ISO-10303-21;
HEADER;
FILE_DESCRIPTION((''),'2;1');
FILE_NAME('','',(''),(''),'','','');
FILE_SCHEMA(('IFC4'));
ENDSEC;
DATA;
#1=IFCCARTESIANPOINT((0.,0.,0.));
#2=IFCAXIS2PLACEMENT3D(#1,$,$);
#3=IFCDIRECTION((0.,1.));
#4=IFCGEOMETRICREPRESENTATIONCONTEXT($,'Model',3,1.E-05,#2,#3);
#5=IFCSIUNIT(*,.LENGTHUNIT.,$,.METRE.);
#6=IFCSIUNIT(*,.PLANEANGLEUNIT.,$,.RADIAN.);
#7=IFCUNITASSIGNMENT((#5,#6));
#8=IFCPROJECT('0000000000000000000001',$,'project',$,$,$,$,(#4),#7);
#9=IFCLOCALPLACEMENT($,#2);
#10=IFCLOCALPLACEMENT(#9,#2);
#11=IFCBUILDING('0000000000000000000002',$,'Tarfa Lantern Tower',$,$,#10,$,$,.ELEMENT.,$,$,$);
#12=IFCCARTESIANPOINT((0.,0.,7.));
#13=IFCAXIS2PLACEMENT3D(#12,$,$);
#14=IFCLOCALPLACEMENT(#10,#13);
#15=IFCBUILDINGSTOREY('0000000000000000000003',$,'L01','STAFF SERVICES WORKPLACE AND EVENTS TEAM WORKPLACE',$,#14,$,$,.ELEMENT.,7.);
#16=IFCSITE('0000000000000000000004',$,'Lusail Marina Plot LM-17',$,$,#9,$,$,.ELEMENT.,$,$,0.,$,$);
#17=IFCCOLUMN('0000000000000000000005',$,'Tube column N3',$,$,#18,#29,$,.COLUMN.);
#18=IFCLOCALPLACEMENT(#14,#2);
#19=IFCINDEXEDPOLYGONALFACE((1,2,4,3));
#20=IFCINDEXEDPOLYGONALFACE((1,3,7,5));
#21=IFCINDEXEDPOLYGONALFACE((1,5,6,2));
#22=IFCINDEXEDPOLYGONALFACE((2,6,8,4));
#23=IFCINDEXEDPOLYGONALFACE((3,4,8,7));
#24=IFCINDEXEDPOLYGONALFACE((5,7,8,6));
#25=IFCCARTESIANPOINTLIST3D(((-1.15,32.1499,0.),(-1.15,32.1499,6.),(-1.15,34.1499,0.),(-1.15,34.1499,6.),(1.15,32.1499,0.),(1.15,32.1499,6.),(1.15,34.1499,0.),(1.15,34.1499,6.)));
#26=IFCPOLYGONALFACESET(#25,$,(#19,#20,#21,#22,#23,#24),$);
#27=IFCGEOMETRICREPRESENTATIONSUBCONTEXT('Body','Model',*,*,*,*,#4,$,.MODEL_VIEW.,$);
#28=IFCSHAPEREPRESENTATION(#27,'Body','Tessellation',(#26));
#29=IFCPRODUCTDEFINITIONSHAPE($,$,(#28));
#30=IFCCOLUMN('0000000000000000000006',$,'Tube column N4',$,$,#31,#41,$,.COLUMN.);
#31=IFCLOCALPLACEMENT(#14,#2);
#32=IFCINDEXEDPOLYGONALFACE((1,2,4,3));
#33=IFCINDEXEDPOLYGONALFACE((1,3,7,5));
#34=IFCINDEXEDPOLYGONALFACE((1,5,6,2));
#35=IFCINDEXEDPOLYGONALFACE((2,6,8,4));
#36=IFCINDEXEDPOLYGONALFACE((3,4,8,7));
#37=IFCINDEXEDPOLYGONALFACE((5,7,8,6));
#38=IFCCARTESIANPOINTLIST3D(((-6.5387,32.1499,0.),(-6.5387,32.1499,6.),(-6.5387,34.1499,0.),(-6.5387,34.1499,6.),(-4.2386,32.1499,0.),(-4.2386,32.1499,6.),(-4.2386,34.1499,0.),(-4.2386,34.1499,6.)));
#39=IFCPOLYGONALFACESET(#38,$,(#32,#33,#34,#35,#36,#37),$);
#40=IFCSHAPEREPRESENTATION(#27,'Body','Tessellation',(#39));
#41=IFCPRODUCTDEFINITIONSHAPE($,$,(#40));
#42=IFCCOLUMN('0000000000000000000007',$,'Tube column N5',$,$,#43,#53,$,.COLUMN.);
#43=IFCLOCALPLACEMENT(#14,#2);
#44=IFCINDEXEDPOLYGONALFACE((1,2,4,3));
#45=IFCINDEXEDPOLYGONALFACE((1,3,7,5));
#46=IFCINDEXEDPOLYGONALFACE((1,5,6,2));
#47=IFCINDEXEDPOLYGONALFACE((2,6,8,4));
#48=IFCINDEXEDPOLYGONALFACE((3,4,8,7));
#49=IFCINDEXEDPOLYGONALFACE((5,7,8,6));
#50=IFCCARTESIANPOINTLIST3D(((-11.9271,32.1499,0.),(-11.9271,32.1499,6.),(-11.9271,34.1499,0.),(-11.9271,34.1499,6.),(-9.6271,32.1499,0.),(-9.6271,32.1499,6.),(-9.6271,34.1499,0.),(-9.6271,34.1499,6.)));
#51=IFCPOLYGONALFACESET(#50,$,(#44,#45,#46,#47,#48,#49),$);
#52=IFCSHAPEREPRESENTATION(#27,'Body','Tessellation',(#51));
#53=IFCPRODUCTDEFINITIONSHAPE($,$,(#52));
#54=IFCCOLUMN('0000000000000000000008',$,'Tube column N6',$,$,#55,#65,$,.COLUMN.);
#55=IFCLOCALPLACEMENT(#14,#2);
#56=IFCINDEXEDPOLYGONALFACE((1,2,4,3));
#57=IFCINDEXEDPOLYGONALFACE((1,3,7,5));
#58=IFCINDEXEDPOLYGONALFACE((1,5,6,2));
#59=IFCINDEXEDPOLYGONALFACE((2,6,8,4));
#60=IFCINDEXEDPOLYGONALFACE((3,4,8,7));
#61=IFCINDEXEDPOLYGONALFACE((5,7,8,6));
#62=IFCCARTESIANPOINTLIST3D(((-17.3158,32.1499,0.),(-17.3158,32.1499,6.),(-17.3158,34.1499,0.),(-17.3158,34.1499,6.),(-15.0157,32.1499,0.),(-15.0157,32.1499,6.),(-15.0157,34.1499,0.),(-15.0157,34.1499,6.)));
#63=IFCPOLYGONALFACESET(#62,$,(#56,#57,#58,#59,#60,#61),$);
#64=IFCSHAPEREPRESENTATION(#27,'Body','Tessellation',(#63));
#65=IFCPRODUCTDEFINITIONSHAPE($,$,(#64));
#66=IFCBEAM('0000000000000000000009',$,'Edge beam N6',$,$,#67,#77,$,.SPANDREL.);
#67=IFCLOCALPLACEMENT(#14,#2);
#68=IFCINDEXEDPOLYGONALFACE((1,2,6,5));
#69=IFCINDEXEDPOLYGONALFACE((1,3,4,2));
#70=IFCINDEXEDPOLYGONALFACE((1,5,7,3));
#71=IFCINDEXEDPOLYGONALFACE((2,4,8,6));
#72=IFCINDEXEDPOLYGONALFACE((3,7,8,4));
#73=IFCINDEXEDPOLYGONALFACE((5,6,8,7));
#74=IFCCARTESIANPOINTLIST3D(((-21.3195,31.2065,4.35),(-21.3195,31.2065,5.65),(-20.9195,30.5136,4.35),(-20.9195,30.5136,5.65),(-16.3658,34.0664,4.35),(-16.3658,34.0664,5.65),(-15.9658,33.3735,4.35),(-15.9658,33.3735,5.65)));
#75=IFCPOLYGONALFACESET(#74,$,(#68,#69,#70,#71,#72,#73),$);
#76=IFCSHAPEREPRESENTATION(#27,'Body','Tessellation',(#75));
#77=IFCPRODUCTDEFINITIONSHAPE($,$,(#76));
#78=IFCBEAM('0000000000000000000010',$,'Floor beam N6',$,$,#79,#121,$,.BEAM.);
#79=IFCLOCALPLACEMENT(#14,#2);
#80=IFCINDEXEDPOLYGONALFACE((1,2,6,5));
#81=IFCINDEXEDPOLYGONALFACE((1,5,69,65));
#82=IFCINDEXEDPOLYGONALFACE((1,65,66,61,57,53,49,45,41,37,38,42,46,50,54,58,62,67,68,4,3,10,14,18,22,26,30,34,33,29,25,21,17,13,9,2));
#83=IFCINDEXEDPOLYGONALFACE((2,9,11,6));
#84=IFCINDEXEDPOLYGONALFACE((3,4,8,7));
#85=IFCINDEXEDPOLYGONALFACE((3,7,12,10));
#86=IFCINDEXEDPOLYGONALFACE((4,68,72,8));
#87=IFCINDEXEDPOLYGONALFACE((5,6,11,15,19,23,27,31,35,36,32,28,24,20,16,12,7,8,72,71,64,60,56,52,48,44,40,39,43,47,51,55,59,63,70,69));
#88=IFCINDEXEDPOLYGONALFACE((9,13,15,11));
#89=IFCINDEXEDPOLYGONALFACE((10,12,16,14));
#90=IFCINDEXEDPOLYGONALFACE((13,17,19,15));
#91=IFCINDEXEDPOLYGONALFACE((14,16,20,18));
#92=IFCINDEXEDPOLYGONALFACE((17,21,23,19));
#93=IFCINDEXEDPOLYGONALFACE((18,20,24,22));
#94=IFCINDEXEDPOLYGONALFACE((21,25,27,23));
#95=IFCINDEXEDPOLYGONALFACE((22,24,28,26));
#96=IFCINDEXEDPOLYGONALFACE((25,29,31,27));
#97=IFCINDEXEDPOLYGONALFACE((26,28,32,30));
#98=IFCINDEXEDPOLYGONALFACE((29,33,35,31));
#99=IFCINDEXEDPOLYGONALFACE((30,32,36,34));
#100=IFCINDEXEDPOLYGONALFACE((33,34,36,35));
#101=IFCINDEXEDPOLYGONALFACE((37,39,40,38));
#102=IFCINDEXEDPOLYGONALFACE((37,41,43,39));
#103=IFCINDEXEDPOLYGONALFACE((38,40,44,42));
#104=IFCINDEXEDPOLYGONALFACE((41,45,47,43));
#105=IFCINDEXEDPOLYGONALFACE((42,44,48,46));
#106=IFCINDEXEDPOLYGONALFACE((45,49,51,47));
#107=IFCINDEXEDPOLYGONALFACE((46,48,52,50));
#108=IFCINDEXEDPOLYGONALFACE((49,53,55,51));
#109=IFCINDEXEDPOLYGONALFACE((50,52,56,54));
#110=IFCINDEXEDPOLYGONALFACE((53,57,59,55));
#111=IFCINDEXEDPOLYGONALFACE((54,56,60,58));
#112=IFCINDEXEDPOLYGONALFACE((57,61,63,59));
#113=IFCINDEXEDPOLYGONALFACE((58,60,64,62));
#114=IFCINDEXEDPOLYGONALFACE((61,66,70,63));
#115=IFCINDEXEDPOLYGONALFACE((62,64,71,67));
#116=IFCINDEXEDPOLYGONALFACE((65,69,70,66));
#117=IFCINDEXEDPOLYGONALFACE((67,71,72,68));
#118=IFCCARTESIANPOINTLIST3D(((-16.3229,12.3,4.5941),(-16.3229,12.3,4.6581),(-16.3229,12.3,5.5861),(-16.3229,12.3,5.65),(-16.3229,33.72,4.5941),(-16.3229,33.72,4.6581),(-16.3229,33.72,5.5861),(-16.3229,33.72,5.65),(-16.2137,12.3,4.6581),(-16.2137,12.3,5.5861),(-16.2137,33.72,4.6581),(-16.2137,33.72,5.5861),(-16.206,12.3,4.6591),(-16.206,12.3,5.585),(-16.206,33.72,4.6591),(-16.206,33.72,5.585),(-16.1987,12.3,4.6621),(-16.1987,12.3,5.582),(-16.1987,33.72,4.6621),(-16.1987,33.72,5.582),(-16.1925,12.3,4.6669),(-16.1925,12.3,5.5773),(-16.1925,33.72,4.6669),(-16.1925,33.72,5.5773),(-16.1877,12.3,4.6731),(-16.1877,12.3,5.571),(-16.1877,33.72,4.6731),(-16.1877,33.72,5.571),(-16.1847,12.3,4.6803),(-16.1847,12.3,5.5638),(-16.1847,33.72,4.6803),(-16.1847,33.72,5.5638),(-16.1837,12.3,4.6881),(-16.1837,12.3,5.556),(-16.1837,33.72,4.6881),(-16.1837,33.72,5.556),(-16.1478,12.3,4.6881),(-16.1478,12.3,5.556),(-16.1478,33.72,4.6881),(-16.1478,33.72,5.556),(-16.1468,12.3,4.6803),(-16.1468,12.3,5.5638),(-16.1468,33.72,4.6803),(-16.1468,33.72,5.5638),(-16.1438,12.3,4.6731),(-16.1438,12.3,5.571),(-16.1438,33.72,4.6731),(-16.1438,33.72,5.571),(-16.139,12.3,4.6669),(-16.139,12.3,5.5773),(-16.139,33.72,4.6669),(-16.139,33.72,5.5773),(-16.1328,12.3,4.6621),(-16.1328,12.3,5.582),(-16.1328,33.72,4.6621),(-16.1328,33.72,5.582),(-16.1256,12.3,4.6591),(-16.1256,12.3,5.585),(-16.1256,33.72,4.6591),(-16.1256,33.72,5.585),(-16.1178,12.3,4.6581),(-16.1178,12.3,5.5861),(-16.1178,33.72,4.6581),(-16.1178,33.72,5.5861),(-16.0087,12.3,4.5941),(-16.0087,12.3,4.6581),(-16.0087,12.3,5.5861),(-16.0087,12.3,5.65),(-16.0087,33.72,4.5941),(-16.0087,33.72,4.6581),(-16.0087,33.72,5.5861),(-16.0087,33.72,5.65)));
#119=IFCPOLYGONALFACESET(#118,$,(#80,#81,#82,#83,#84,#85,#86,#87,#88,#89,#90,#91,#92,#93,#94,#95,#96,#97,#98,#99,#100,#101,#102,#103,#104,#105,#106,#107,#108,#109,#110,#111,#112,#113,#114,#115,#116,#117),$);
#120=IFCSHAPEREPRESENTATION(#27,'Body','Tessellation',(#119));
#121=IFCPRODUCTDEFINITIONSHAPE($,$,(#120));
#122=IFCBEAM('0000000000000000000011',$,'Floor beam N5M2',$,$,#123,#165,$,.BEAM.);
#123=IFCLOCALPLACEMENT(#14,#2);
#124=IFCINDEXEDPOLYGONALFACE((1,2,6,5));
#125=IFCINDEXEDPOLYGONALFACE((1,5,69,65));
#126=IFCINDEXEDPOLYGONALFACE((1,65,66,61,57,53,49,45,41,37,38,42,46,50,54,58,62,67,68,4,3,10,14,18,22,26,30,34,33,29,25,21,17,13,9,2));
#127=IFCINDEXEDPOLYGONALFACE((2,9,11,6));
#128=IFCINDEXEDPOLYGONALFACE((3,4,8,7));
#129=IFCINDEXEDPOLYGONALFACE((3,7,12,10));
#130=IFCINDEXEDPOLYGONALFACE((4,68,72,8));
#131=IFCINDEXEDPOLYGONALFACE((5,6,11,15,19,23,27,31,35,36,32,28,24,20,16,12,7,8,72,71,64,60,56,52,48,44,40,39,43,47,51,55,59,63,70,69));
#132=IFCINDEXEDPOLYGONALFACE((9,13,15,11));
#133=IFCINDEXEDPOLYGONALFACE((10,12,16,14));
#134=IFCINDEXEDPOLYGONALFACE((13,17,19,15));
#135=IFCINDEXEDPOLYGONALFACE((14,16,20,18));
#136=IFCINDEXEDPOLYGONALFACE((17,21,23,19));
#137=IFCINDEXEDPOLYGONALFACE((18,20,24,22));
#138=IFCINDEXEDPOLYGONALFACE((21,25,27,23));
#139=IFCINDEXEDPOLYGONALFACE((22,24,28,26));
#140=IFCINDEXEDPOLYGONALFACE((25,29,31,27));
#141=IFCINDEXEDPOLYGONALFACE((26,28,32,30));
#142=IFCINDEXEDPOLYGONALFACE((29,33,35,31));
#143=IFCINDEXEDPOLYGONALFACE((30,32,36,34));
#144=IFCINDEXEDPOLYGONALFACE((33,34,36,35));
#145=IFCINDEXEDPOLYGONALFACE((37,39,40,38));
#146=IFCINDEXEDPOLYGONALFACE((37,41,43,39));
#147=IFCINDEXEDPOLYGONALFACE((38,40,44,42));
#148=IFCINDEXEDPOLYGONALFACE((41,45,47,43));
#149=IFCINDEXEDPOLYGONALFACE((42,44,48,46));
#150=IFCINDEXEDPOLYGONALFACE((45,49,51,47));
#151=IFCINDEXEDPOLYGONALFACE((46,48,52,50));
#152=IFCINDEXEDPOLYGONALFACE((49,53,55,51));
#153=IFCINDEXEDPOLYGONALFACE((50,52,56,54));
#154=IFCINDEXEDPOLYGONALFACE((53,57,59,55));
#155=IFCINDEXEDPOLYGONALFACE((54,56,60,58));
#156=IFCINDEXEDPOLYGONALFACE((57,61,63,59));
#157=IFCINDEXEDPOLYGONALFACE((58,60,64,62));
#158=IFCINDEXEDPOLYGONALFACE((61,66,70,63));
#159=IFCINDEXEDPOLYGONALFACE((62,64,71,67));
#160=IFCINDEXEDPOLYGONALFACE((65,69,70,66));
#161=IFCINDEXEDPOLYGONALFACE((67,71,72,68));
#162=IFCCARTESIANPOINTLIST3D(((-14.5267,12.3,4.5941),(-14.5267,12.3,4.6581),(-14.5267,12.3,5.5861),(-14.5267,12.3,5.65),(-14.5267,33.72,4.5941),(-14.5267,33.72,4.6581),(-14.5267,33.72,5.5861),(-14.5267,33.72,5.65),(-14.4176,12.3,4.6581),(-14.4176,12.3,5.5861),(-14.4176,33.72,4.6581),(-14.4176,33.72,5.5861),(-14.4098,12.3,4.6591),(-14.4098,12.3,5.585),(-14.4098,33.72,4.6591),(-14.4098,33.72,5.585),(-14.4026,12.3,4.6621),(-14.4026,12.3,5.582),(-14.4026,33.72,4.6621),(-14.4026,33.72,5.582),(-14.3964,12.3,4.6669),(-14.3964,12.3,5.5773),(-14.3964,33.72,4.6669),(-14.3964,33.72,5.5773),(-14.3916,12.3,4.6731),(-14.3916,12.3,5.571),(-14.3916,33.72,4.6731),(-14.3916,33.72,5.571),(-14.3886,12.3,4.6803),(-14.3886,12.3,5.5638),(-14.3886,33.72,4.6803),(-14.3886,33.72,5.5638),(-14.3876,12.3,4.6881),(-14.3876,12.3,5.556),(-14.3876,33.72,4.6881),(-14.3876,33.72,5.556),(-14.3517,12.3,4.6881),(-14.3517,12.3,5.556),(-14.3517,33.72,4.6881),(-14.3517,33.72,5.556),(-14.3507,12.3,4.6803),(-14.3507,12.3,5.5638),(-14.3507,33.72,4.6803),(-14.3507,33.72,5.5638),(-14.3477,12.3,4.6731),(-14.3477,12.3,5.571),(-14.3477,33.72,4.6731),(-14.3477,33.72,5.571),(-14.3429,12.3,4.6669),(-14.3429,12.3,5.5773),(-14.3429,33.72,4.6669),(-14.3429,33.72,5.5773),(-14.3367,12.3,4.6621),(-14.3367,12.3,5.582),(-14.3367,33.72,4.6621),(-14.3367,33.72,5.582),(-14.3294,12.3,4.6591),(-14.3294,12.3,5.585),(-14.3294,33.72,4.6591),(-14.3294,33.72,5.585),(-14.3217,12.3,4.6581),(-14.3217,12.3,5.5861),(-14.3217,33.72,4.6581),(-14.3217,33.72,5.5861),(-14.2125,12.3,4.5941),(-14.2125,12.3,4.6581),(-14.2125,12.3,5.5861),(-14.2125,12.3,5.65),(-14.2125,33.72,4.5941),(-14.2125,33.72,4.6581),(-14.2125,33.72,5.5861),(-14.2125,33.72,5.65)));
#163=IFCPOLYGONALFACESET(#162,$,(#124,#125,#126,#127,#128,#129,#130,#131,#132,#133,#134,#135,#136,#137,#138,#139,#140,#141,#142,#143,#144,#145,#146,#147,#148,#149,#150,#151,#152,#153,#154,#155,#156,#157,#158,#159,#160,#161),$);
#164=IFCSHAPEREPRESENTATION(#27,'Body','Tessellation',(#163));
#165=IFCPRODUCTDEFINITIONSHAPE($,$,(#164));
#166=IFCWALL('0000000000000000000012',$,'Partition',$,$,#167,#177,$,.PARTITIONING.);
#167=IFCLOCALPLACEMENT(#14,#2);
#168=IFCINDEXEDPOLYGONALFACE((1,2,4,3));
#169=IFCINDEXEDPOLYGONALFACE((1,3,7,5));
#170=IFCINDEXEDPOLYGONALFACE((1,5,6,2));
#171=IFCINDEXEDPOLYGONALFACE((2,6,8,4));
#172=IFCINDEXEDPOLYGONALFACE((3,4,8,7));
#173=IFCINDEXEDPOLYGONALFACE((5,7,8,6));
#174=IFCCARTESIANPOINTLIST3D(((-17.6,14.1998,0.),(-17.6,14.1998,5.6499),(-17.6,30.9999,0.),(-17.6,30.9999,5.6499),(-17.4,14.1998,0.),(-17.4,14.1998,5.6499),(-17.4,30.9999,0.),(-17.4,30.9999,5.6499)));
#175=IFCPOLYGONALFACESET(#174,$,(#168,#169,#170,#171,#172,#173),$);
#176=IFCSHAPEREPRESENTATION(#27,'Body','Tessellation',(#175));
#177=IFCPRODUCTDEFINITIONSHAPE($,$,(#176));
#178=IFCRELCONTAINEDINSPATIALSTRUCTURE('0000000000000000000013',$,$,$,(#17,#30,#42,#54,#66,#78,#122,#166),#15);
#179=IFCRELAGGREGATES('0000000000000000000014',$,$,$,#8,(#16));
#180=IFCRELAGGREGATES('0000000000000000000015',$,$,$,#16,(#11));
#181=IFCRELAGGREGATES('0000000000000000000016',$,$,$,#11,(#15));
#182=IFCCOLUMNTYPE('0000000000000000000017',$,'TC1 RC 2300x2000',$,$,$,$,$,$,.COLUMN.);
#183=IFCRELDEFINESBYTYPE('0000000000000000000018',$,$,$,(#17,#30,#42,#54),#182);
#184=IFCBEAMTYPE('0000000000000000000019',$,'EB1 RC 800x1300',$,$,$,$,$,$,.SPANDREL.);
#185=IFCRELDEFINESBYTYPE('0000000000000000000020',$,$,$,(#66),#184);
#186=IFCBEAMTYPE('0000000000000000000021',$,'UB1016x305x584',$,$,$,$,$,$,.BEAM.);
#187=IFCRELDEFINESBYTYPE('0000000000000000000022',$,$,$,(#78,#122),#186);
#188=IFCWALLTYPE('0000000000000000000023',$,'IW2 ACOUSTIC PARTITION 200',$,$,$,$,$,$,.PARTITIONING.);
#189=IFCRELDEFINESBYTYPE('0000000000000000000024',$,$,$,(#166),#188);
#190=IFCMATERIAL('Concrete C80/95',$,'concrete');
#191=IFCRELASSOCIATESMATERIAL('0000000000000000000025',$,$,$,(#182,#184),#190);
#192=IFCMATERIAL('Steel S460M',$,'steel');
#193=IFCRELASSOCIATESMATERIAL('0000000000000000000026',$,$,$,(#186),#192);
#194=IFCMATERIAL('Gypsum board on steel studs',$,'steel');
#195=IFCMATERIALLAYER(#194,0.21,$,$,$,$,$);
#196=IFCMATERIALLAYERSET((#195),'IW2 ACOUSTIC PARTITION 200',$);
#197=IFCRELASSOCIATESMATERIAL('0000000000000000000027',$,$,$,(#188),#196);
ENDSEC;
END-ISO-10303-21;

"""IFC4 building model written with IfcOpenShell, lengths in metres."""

from ifc_helpers import new_model, si_unit, direction, frame, frame_2d, origin, origin_2d, place, context, subcontext, project, spatial, rectangle, i_section, extrude, material, layer, layer_set, material_profile, profile_set, type_object, element, save


model = new_model("IFC4")

# Units and contexts
model_context = context("Model", 3, precision=1e-05, world=origin(), true_north=direction((0.0, 1.0)))
body_context = subcontext(model_context, "Body", "Model", "MODEL_VIEW")
ifc_project = project(units=[si_unit("LENGTHUNIT", "METRE"), si_unit("PLANEANGLEUNIT", "RADIAN")], contexts=[model_context])

# Site, building, storey
site_placement = place(None, origin())
site = spatial("IfcSite", under=ifc_project, at=site_placement, Name="Lusail Marina Plot LM-17", CompositionType="ELEMENT", RefElevation=0.0)
building_placement = place(site_placement, origin())
building = spatial("IfcBuilding", under=site, at=building_placement, Name="Tarfa Lantern Tower", CompositionType="ELEMENT")
storey_placement = place(building_placement, frame((0.0, 0.0, 7.0)))
storey = spatial("IfcBuildingStorey", under=building, at=storey_placement, Name="L01", Description="STAFF SERVICES WORKPLACE AND EVENTS TEAM WORKPLACE", CompositionType="ELEMENT", Elevation=7.0)

# Columns
ifc_material_1 = material(Name="Concrete C80/95", Category="concrete")
ifc_material_profile_1 = material_profile(ifc_material_1, rectangle(XDim=2.3, YDim=2.0, at=origin_2d()), Name="RC 2300x2000")
ifc_profile_set_1 = profile_set([ifc_material_profile_1], Name="Concrete C80/95")
column_type = type_object("IfcColumnType", Name="TC1 RC 2300x2000", PredefinedType="COLUMN", material=ifc_profile_set_1)
for number, where, z_axis, x_axis, name in (
    (1, (0.0, 33.1499, 0.0), (0.0, 0.0, 1.0), (-1.0, 0.0, 0.0), "Tube column N3"),
    (2, (-5.3887, 33.1499, 0.0), (0.0, 0.0, 1.0), (-1.0, 0.0, 0.0), "Tube column N4"),
    (3, (-10.7771, 33.1499, 0.0), (0.0, 0.0, 1.0), (-1.0, 0.0, 0.0), "Tube column N5"),
    (4, (-16.1658, 33.1499, 0.0), (0.0, 0.0, 1.0), (-1.0, 0.0, 0.0), "Tube column N6"),
):
    element("IfcColumn", number, at=place(storey_placement, frame(where, z_axis=z_axis, x_axis=x_axis)), inside=storey, type_object=column_type, Name=name, PredefinedType="COLUMN", context=body_context, shape_type="SweptSolid", body=[
        extrude(rectangle(XDim=2.3, YDim=2.0, at=origin_2d()), origin(), (0.0, 0.0, 1.0), 6.0),
    ])

# Beams
ifc_material_profile_2 = material_profile(ifc_material_1, rectangle(XDim=0.8, YDim=1.3, at=origin_2d()), Name="RC 800x1300")
ifc_profile_set_2 = profile_set([ifc_material_profile_2], Name="Concrete C80/95")
beam_type_1 = type_object("IfcBeamType", Name="EB1 RC 800x1300", PredefinedType="SPANDREL", material=ifc_profile_set_2)
beam_placement = place(storey_placement, frame((-16.1658, 33.72, 5.0), z_axis=(-0.866033, -0.499986, 0.0), x_axis=(0.499986, -0.866033, 0.0)))
element("IfcBeam", 5, at=beam_placement, inside=storey, type_object=beam_type_1, Name="Edge beam N6", PredefinedType="SPANDREL", context=body_context, shape_type="SweptSolid", body=[
    extrude(rectangle(XDim=0.8, YDim=1.3, at=origin_2d()), origin(), (0.0, 0.0, 1.0), 5.72),
])
ifc_material_2 = material(Name="Steel S460M", Category="steel")
ifc_material_profile_3 = material_profile(ifc_material_2, i_section(OverallWidth=0.3142, OverallDepth=1.0559, WebThickness=0.0359, FlangeThickness=0.064, FilletRadius=0.03, at=origin_2d()), Name="UB1016x305x584")
ifc_profile_set_3 = profile_set([ifc_material_profile_3], Name="Steel S460M")
beam_type_2 = type_object("IfcBeamType", Name="UB1016x305x584", PredefinedType="BEAM", material=ifc_profile_set_3)
for number, where, z_axis, x_axis, name in (
    (6, (-16.1658, 33.72, 5.1221), (0.0, -1.0, 0.0), (1.0, 0.0, 0.0), "Floor beam N6"),
    (7, (-14.3696, 33.72, 5.1221), (0.0, -1.0, 0.0), (1.0, 0.0, 0.0), "Floor beam N5M2"),
):
    element("IfcBeam", number, at=place(storey_placement, frame(where, z_axis=z_axis, x_axis=x_axis)), inside=storey, type_object=beam_type_2, Name=name, PredefinedType="BEAM", context=body_context, shape_type="SweptSolid", body=[
        extrude(i_section(OverallWidth=0.3142, OverallDepth=1.0559, WebThickness=0.0359, FlangeThickness=0.064, FilletRadius=0.03, at=origin_2d()), origin(), (0.0, 0.0, 1.0), 21.4199),
    ])

# Wall
ifc_material_3 = material(Name="Gypsum board on steel studs", Category="steel")
ifc_layer = layer(ifc_material_3, 0.21)
ifc_layer_set = layer_set([ifc_layer], Name="IW2 ACOUSTIC PARTITION 200")
wall_type = type_object("IfcWallType", Name="IW2 ACOUSTIC PARTITION 200", PredefinedType="PARTITIONING", material=ifc_layer_set)
wall_1_placement = place(storey_placement, frame((-17.5, 14.2, 0.0), z_axis=(0.0, 0.0, 1.0), x_axis=(0.0, 1.0, 0.0)))
element("IfcWall", 8, at=wall_1_placement, inside=storey, type_object=wall_type, Name="Partition", PredefinedType="PARTITIONING", context=body_context, shape_type="SweptSolid", body=[
    extrude(rectangle(XDim=16.8, YDim=0.2, at=frame_2d((8.3999, 0.0))), origin(), (0.0, 0.0, 1.0), 5.6499),
])

save(model, "model.ifc")
